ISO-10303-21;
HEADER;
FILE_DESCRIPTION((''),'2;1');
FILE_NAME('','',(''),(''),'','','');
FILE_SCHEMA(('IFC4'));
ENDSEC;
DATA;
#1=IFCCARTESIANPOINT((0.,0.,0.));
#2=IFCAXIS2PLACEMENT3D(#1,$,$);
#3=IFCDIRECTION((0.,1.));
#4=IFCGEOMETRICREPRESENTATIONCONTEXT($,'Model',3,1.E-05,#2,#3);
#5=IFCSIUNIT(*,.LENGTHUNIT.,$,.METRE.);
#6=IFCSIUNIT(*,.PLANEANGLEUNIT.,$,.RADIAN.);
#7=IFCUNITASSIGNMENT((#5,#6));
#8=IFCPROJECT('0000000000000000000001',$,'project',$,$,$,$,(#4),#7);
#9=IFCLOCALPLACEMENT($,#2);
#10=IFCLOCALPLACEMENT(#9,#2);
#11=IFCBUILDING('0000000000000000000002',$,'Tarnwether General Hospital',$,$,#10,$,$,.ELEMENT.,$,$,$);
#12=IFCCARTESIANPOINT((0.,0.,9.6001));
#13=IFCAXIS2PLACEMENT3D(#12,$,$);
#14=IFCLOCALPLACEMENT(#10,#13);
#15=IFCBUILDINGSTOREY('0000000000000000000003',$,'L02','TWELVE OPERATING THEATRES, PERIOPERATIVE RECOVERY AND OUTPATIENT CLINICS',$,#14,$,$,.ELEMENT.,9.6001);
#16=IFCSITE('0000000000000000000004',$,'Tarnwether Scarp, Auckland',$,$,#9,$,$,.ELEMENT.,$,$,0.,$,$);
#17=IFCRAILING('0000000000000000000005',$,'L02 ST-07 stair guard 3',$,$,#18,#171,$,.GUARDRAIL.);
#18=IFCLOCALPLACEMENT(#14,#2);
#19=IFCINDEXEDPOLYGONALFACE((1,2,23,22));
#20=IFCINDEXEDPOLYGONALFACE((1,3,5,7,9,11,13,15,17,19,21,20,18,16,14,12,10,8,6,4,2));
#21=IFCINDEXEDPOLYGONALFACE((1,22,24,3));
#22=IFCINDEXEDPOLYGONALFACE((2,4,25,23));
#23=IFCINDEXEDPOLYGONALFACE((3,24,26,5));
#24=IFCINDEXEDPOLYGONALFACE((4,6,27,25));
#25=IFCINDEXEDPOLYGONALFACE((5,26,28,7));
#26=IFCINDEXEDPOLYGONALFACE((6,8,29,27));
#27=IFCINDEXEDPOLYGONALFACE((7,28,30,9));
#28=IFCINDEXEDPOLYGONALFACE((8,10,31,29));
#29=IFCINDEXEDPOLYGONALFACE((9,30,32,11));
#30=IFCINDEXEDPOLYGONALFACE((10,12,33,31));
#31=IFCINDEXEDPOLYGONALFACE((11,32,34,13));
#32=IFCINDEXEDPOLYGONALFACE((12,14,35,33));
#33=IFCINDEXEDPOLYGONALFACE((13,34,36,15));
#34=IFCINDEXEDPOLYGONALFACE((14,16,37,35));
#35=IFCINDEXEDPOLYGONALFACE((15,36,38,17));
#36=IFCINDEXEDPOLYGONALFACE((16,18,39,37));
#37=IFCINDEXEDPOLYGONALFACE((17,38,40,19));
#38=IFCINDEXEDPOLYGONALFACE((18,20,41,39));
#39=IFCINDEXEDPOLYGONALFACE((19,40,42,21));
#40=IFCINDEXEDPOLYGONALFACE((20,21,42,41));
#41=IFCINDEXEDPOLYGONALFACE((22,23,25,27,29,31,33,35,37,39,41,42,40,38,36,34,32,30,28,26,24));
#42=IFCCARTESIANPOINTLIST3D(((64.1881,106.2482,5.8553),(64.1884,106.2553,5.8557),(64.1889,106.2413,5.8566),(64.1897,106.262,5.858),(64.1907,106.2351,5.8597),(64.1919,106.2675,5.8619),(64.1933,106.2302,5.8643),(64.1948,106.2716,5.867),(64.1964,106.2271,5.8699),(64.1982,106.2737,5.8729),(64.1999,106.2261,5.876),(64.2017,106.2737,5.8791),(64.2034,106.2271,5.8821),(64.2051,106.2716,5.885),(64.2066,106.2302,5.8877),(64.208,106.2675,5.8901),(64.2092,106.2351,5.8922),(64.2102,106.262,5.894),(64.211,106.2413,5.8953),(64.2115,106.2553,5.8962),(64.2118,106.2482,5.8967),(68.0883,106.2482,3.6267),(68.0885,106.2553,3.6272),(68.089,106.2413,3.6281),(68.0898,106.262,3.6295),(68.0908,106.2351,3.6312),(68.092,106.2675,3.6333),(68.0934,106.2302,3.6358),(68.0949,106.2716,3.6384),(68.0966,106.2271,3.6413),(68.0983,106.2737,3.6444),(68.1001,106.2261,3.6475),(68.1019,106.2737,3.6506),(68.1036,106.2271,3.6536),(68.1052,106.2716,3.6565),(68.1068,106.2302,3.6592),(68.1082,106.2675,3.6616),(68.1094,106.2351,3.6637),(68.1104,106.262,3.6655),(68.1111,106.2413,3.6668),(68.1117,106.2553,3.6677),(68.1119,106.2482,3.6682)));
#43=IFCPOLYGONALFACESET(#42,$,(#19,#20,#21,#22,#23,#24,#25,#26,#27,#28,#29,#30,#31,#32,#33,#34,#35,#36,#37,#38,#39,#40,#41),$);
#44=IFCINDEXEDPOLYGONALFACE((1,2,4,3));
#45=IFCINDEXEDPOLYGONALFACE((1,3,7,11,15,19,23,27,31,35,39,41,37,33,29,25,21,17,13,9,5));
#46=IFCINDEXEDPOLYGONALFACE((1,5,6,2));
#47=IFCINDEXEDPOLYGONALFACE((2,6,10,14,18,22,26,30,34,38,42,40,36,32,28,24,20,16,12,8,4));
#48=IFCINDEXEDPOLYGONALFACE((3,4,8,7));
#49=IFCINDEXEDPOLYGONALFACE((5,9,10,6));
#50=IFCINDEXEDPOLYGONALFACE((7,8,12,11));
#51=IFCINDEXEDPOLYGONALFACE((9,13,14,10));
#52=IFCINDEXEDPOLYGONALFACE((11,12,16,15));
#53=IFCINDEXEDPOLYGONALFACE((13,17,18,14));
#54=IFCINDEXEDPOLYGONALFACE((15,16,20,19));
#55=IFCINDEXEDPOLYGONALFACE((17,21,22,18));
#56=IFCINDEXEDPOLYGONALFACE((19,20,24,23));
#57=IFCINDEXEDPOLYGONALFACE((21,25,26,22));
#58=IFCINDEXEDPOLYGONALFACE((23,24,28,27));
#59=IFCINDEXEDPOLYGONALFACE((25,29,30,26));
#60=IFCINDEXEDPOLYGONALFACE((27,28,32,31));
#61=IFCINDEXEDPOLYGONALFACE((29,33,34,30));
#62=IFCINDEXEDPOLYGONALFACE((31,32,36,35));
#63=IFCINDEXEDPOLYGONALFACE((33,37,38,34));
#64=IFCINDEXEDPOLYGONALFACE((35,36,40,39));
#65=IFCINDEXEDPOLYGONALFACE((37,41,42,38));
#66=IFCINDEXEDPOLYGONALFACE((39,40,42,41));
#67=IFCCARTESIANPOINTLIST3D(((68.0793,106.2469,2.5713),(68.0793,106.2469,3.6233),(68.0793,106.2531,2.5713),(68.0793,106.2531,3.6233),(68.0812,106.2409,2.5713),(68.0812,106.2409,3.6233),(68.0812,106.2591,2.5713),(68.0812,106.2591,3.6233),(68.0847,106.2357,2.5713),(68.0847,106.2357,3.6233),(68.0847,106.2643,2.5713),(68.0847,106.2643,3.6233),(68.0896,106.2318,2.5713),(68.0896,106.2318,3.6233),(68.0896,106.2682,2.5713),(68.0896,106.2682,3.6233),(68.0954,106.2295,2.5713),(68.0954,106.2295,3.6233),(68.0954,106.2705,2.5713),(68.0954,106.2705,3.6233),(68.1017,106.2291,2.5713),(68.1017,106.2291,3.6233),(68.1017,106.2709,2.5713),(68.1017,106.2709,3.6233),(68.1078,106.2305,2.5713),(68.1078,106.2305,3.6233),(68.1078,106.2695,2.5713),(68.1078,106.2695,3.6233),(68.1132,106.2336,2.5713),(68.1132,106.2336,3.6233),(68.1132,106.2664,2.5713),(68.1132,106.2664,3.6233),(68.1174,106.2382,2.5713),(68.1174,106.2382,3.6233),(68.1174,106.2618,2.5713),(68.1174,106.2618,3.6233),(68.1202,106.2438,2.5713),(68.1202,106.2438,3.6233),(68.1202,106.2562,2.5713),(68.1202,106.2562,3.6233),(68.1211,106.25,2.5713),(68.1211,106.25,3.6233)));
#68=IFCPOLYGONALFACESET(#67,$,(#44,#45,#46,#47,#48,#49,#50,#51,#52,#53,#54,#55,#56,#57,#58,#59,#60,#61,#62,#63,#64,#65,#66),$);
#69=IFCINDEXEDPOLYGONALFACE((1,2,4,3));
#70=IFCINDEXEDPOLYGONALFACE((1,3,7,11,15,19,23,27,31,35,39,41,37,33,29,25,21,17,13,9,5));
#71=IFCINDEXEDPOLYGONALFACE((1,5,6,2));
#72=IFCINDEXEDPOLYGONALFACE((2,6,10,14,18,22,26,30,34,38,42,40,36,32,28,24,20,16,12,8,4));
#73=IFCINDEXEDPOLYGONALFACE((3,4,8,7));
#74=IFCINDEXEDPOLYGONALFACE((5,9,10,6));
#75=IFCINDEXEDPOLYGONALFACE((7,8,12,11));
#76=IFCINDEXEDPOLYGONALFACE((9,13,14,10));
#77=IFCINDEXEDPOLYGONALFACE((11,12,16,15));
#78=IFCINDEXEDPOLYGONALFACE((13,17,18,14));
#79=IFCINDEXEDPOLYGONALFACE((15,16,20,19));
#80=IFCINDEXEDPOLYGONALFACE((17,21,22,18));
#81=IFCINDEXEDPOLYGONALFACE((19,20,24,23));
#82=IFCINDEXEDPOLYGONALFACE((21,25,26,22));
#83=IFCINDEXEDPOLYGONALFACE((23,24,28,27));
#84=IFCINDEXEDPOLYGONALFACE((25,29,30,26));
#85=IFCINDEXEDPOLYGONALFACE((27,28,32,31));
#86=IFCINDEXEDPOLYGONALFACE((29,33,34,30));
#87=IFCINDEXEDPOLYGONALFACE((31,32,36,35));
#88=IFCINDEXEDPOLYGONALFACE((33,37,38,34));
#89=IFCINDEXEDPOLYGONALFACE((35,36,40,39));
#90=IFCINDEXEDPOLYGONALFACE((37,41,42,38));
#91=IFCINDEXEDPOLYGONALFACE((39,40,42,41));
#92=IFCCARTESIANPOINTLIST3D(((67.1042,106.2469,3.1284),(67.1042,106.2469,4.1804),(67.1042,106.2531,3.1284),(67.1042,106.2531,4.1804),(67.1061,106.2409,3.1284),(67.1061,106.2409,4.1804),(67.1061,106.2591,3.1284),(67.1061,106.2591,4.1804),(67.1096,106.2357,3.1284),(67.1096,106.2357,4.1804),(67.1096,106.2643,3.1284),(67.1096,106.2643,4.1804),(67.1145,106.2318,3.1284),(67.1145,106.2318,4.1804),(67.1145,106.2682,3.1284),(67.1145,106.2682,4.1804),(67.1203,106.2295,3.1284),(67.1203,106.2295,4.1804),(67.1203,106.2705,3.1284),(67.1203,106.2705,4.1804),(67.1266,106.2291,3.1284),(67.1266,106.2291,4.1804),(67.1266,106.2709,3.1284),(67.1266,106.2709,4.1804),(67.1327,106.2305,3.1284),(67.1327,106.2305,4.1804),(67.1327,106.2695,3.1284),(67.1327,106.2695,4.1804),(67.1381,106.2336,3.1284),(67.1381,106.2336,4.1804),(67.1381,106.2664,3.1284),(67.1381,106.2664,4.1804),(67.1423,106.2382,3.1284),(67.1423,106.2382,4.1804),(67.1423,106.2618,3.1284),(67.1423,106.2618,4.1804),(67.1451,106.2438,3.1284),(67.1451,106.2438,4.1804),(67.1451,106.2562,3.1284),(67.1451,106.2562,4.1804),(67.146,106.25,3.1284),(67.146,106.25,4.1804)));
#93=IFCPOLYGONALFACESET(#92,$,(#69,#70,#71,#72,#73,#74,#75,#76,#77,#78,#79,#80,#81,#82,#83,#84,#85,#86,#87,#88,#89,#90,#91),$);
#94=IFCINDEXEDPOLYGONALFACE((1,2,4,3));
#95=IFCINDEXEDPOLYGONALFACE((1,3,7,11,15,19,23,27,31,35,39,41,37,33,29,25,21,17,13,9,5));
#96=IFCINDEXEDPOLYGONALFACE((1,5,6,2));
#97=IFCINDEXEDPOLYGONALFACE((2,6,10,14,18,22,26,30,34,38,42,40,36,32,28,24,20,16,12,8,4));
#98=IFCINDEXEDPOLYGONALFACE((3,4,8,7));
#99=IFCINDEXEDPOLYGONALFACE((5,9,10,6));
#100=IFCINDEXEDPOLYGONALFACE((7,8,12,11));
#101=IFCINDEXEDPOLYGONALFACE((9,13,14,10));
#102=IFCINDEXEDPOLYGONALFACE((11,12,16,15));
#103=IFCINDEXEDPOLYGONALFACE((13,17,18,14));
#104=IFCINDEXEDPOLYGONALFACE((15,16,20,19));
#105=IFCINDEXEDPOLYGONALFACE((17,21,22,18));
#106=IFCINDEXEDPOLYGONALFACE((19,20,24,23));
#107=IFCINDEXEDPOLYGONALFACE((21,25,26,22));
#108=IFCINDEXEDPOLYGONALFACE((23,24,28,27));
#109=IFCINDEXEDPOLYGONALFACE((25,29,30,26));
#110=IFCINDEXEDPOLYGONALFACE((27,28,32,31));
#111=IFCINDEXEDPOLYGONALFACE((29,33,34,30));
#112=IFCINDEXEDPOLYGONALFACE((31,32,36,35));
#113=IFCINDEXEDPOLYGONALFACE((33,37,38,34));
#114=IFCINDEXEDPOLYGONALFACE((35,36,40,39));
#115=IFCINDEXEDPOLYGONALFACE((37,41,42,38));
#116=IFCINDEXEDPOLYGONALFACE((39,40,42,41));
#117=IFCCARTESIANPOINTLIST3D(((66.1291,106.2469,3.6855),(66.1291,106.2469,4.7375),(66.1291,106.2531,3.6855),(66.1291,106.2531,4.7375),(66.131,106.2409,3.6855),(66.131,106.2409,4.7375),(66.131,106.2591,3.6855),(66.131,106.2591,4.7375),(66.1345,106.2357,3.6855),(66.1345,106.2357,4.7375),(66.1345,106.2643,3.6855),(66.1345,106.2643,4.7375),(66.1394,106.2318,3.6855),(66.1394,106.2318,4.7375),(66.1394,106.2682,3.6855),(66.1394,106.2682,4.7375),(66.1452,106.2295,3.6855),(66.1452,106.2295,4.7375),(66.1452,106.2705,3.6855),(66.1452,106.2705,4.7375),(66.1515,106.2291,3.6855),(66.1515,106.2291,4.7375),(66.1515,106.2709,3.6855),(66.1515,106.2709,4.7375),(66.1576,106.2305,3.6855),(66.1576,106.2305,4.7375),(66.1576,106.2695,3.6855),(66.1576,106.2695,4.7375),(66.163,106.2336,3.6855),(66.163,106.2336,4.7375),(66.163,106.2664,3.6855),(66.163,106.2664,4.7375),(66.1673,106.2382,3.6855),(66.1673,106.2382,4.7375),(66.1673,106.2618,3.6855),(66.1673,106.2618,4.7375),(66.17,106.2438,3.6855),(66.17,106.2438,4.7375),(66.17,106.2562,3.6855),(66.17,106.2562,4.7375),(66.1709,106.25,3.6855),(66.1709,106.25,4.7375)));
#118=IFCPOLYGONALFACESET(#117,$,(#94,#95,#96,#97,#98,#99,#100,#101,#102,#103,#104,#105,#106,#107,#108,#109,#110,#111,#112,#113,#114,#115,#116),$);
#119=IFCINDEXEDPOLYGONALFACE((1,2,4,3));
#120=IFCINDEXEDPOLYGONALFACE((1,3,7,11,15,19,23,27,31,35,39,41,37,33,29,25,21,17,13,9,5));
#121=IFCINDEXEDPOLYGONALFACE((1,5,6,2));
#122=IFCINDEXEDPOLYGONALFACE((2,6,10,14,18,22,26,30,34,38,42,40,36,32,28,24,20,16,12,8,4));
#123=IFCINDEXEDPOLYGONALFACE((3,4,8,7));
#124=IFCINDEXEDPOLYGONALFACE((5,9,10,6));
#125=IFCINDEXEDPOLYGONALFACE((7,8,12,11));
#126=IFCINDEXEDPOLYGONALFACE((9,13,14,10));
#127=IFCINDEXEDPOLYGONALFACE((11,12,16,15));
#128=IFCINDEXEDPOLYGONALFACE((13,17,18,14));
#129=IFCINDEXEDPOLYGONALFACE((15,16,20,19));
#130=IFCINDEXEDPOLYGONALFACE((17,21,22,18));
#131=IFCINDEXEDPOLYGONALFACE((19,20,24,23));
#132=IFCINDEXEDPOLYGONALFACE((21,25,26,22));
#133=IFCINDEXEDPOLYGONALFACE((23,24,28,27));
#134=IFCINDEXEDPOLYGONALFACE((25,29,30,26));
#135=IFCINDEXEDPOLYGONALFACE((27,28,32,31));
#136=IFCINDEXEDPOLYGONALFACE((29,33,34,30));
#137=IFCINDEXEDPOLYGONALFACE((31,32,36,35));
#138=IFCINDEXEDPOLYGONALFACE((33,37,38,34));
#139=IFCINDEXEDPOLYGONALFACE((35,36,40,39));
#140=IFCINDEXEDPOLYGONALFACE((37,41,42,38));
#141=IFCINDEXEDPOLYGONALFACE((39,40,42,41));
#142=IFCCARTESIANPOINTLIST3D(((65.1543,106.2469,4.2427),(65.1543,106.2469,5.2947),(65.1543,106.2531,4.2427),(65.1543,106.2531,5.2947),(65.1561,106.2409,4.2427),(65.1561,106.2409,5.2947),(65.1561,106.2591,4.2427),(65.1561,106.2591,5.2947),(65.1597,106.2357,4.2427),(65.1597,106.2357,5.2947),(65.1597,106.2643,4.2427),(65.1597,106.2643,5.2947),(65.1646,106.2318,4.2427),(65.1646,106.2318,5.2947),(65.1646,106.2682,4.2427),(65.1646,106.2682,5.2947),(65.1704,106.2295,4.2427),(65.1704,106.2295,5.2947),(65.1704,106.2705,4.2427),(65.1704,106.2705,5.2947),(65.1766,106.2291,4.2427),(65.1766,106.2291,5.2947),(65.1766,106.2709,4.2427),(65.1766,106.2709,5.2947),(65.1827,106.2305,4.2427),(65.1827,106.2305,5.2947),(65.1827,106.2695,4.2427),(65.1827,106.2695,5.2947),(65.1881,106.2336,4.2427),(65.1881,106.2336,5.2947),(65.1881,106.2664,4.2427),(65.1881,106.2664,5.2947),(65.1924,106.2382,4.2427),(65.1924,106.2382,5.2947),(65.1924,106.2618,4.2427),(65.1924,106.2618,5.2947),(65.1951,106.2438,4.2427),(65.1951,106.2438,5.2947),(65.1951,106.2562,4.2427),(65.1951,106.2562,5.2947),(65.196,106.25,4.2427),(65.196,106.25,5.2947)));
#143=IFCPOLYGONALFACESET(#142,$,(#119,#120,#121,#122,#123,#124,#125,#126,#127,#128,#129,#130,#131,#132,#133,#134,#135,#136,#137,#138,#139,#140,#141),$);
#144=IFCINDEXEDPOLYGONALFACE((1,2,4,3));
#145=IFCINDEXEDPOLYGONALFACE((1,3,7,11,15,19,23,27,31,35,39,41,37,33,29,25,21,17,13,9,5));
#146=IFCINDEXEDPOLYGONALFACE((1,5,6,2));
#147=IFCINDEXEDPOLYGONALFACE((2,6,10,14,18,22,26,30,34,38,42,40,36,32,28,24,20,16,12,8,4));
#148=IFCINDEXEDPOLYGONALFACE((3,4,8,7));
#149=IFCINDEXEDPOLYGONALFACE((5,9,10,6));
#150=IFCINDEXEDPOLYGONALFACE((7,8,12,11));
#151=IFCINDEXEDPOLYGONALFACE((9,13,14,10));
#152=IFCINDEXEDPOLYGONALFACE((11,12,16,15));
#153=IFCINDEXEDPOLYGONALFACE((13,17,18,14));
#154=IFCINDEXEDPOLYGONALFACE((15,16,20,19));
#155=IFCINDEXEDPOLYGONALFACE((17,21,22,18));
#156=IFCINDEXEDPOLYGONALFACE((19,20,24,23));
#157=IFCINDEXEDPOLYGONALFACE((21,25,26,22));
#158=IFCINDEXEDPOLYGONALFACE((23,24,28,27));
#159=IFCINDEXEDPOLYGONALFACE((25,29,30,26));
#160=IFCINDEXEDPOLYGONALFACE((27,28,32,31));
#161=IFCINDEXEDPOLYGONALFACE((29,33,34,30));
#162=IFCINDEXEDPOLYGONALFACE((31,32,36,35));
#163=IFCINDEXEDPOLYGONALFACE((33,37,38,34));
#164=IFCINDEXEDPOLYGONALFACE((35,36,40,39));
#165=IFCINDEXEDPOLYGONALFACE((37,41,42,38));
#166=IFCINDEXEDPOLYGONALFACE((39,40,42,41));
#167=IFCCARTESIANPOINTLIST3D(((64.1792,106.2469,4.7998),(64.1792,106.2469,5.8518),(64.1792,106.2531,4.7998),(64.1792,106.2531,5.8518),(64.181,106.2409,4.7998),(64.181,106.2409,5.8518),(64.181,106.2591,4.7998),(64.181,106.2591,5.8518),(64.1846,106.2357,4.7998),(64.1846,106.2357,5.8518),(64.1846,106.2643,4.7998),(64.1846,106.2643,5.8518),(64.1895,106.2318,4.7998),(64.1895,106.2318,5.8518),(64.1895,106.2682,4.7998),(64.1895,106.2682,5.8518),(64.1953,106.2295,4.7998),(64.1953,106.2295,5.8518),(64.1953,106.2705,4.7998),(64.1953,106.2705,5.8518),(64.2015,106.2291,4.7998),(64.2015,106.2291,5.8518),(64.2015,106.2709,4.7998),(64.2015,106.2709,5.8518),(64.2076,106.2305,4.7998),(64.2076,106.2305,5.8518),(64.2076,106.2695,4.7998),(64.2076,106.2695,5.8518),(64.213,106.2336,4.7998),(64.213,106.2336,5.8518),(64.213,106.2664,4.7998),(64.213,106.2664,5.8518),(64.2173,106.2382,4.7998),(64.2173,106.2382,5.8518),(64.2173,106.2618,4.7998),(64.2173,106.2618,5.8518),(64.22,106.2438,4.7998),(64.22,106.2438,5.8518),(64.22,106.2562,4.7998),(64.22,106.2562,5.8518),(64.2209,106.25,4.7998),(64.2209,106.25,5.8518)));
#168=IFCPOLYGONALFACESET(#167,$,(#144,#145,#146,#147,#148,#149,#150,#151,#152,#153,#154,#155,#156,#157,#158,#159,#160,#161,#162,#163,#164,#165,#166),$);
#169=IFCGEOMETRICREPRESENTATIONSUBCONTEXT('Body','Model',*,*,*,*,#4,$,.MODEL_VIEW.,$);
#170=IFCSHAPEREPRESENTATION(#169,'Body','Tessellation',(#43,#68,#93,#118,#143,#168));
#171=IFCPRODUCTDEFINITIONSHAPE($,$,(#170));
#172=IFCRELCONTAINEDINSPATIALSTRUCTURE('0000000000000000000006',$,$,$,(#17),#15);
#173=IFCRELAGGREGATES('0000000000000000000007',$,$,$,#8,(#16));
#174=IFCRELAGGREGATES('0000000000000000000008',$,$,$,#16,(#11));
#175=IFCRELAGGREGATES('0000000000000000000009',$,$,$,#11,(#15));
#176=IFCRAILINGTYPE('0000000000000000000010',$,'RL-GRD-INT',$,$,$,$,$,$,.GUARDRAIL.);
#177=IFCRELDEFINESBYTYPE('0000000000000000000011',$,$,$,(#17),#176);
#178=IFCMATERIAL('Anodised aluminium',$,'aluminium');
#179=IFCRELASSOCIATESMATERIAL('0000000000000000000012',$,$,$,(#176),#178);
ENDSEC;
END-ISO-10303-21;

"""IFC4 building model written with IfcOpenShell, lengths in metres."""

from ifc_helpers import new_model, si_unit, direction, frame, origin, origin_2d, place, context, subcontext, project, spatial, circle, extrude, material, type_object, element, save


model = new_model("IFC4")

# Units and contexts
model_context = context("Model", 3, precision=1e-05, world=origin(), true_north=direction((0.0, 1.0)))
body_context = subcontext(model_context, "Body", "Model", "MODEL_VIEW")
ifc_project = project(units=[si_unit("LENGTHUNIT", "METRE"), si_unit("PLANEANGLEUNIT", "RADIAN")], contexts=[model_context])

# Site, building, storey
site_placement = place(None, origin())
site = spatial("IfcSite", under=ifc_project, at=site_placement, Name="Tarnwether Scarp, Auckland", CompositionType="ELEMENT", RefElevation=0.0)
building_placement = place(site_placement, origin())
building = spatial("IfcBuilding", under=site, at=building_placement, Name="Tarnwether General Hospital", CompositionType="ELEMENT")
storey_placement = place(building_placement, frame((0.0, 0.0, 9.6001)))
storey = spatial("IfcBuildingStorey", under=building, at=storey_placement, Name="L02", Description="TWELVE OPERATING THEATRES, PERIOPERATIVE RECOVERY AND OUTPATIENT CLINICS", CompositionType="ELEMENT", Elevation=9.6001)

# Railing
ifc_material_1 = material(Name="Anodised aluminium", Category="aluminium")
railing_type_1 = type_object("IfcRailingType", Name="RL-GRD-INT", PredefinedType="GUARDRAIL", material=ifc_material_1)
railing_1_placement = place(storey_placement, frame((68.1001, 106.25, 2.5713)))
element("IfcRailing", 1, at=railing_1_placement, inside=storey, type_object=railing_type_1, Name="L02 ST-07 stair guard 3", PredefinedType="GUARDRAIL", context=body_context, shape_type="SweptSolid", body=[
    extrude(circle(Radius=0.0239, at=origin_2d()), frame((0.0, 0.0, 1.0762), z_axis=(-0.868257, 0.0, 0.496116), x_axis=(0.0, -1.0, 0.0)), (0.0, 0.0, 1.0), 4.4919),
    extrude(circle(Radius=0.021, at=origin_2d()), origin(), (0.0, 0.0, 1.0), 1.052),
    extrude(circle(Radius=0.021, at=origin_2d()), frame((-0.9751, 0.0, 0.5571)), (0.0, 0.0, 1.0), 1.052),
    extrude(circle(Radius=0.021, at=origin_2d()), frame((-1.9502, 0.0, 1.1143)), (0.0, 0.0, 1.0), 1.052),
    extrude(circle(Radius=0.021, at=origin_2d()), frame((-2.925, 0.0, 1.6714)), (0.0, 0.0, 1.0), 1.052),
    extrude(circle(Radius=0.021, at=origin_2d()), frame((-3.9001, 0.0, 2.2285)), (0.0, 0.0, 1.0), 1.052),
])

save(model, "model.ifc")
